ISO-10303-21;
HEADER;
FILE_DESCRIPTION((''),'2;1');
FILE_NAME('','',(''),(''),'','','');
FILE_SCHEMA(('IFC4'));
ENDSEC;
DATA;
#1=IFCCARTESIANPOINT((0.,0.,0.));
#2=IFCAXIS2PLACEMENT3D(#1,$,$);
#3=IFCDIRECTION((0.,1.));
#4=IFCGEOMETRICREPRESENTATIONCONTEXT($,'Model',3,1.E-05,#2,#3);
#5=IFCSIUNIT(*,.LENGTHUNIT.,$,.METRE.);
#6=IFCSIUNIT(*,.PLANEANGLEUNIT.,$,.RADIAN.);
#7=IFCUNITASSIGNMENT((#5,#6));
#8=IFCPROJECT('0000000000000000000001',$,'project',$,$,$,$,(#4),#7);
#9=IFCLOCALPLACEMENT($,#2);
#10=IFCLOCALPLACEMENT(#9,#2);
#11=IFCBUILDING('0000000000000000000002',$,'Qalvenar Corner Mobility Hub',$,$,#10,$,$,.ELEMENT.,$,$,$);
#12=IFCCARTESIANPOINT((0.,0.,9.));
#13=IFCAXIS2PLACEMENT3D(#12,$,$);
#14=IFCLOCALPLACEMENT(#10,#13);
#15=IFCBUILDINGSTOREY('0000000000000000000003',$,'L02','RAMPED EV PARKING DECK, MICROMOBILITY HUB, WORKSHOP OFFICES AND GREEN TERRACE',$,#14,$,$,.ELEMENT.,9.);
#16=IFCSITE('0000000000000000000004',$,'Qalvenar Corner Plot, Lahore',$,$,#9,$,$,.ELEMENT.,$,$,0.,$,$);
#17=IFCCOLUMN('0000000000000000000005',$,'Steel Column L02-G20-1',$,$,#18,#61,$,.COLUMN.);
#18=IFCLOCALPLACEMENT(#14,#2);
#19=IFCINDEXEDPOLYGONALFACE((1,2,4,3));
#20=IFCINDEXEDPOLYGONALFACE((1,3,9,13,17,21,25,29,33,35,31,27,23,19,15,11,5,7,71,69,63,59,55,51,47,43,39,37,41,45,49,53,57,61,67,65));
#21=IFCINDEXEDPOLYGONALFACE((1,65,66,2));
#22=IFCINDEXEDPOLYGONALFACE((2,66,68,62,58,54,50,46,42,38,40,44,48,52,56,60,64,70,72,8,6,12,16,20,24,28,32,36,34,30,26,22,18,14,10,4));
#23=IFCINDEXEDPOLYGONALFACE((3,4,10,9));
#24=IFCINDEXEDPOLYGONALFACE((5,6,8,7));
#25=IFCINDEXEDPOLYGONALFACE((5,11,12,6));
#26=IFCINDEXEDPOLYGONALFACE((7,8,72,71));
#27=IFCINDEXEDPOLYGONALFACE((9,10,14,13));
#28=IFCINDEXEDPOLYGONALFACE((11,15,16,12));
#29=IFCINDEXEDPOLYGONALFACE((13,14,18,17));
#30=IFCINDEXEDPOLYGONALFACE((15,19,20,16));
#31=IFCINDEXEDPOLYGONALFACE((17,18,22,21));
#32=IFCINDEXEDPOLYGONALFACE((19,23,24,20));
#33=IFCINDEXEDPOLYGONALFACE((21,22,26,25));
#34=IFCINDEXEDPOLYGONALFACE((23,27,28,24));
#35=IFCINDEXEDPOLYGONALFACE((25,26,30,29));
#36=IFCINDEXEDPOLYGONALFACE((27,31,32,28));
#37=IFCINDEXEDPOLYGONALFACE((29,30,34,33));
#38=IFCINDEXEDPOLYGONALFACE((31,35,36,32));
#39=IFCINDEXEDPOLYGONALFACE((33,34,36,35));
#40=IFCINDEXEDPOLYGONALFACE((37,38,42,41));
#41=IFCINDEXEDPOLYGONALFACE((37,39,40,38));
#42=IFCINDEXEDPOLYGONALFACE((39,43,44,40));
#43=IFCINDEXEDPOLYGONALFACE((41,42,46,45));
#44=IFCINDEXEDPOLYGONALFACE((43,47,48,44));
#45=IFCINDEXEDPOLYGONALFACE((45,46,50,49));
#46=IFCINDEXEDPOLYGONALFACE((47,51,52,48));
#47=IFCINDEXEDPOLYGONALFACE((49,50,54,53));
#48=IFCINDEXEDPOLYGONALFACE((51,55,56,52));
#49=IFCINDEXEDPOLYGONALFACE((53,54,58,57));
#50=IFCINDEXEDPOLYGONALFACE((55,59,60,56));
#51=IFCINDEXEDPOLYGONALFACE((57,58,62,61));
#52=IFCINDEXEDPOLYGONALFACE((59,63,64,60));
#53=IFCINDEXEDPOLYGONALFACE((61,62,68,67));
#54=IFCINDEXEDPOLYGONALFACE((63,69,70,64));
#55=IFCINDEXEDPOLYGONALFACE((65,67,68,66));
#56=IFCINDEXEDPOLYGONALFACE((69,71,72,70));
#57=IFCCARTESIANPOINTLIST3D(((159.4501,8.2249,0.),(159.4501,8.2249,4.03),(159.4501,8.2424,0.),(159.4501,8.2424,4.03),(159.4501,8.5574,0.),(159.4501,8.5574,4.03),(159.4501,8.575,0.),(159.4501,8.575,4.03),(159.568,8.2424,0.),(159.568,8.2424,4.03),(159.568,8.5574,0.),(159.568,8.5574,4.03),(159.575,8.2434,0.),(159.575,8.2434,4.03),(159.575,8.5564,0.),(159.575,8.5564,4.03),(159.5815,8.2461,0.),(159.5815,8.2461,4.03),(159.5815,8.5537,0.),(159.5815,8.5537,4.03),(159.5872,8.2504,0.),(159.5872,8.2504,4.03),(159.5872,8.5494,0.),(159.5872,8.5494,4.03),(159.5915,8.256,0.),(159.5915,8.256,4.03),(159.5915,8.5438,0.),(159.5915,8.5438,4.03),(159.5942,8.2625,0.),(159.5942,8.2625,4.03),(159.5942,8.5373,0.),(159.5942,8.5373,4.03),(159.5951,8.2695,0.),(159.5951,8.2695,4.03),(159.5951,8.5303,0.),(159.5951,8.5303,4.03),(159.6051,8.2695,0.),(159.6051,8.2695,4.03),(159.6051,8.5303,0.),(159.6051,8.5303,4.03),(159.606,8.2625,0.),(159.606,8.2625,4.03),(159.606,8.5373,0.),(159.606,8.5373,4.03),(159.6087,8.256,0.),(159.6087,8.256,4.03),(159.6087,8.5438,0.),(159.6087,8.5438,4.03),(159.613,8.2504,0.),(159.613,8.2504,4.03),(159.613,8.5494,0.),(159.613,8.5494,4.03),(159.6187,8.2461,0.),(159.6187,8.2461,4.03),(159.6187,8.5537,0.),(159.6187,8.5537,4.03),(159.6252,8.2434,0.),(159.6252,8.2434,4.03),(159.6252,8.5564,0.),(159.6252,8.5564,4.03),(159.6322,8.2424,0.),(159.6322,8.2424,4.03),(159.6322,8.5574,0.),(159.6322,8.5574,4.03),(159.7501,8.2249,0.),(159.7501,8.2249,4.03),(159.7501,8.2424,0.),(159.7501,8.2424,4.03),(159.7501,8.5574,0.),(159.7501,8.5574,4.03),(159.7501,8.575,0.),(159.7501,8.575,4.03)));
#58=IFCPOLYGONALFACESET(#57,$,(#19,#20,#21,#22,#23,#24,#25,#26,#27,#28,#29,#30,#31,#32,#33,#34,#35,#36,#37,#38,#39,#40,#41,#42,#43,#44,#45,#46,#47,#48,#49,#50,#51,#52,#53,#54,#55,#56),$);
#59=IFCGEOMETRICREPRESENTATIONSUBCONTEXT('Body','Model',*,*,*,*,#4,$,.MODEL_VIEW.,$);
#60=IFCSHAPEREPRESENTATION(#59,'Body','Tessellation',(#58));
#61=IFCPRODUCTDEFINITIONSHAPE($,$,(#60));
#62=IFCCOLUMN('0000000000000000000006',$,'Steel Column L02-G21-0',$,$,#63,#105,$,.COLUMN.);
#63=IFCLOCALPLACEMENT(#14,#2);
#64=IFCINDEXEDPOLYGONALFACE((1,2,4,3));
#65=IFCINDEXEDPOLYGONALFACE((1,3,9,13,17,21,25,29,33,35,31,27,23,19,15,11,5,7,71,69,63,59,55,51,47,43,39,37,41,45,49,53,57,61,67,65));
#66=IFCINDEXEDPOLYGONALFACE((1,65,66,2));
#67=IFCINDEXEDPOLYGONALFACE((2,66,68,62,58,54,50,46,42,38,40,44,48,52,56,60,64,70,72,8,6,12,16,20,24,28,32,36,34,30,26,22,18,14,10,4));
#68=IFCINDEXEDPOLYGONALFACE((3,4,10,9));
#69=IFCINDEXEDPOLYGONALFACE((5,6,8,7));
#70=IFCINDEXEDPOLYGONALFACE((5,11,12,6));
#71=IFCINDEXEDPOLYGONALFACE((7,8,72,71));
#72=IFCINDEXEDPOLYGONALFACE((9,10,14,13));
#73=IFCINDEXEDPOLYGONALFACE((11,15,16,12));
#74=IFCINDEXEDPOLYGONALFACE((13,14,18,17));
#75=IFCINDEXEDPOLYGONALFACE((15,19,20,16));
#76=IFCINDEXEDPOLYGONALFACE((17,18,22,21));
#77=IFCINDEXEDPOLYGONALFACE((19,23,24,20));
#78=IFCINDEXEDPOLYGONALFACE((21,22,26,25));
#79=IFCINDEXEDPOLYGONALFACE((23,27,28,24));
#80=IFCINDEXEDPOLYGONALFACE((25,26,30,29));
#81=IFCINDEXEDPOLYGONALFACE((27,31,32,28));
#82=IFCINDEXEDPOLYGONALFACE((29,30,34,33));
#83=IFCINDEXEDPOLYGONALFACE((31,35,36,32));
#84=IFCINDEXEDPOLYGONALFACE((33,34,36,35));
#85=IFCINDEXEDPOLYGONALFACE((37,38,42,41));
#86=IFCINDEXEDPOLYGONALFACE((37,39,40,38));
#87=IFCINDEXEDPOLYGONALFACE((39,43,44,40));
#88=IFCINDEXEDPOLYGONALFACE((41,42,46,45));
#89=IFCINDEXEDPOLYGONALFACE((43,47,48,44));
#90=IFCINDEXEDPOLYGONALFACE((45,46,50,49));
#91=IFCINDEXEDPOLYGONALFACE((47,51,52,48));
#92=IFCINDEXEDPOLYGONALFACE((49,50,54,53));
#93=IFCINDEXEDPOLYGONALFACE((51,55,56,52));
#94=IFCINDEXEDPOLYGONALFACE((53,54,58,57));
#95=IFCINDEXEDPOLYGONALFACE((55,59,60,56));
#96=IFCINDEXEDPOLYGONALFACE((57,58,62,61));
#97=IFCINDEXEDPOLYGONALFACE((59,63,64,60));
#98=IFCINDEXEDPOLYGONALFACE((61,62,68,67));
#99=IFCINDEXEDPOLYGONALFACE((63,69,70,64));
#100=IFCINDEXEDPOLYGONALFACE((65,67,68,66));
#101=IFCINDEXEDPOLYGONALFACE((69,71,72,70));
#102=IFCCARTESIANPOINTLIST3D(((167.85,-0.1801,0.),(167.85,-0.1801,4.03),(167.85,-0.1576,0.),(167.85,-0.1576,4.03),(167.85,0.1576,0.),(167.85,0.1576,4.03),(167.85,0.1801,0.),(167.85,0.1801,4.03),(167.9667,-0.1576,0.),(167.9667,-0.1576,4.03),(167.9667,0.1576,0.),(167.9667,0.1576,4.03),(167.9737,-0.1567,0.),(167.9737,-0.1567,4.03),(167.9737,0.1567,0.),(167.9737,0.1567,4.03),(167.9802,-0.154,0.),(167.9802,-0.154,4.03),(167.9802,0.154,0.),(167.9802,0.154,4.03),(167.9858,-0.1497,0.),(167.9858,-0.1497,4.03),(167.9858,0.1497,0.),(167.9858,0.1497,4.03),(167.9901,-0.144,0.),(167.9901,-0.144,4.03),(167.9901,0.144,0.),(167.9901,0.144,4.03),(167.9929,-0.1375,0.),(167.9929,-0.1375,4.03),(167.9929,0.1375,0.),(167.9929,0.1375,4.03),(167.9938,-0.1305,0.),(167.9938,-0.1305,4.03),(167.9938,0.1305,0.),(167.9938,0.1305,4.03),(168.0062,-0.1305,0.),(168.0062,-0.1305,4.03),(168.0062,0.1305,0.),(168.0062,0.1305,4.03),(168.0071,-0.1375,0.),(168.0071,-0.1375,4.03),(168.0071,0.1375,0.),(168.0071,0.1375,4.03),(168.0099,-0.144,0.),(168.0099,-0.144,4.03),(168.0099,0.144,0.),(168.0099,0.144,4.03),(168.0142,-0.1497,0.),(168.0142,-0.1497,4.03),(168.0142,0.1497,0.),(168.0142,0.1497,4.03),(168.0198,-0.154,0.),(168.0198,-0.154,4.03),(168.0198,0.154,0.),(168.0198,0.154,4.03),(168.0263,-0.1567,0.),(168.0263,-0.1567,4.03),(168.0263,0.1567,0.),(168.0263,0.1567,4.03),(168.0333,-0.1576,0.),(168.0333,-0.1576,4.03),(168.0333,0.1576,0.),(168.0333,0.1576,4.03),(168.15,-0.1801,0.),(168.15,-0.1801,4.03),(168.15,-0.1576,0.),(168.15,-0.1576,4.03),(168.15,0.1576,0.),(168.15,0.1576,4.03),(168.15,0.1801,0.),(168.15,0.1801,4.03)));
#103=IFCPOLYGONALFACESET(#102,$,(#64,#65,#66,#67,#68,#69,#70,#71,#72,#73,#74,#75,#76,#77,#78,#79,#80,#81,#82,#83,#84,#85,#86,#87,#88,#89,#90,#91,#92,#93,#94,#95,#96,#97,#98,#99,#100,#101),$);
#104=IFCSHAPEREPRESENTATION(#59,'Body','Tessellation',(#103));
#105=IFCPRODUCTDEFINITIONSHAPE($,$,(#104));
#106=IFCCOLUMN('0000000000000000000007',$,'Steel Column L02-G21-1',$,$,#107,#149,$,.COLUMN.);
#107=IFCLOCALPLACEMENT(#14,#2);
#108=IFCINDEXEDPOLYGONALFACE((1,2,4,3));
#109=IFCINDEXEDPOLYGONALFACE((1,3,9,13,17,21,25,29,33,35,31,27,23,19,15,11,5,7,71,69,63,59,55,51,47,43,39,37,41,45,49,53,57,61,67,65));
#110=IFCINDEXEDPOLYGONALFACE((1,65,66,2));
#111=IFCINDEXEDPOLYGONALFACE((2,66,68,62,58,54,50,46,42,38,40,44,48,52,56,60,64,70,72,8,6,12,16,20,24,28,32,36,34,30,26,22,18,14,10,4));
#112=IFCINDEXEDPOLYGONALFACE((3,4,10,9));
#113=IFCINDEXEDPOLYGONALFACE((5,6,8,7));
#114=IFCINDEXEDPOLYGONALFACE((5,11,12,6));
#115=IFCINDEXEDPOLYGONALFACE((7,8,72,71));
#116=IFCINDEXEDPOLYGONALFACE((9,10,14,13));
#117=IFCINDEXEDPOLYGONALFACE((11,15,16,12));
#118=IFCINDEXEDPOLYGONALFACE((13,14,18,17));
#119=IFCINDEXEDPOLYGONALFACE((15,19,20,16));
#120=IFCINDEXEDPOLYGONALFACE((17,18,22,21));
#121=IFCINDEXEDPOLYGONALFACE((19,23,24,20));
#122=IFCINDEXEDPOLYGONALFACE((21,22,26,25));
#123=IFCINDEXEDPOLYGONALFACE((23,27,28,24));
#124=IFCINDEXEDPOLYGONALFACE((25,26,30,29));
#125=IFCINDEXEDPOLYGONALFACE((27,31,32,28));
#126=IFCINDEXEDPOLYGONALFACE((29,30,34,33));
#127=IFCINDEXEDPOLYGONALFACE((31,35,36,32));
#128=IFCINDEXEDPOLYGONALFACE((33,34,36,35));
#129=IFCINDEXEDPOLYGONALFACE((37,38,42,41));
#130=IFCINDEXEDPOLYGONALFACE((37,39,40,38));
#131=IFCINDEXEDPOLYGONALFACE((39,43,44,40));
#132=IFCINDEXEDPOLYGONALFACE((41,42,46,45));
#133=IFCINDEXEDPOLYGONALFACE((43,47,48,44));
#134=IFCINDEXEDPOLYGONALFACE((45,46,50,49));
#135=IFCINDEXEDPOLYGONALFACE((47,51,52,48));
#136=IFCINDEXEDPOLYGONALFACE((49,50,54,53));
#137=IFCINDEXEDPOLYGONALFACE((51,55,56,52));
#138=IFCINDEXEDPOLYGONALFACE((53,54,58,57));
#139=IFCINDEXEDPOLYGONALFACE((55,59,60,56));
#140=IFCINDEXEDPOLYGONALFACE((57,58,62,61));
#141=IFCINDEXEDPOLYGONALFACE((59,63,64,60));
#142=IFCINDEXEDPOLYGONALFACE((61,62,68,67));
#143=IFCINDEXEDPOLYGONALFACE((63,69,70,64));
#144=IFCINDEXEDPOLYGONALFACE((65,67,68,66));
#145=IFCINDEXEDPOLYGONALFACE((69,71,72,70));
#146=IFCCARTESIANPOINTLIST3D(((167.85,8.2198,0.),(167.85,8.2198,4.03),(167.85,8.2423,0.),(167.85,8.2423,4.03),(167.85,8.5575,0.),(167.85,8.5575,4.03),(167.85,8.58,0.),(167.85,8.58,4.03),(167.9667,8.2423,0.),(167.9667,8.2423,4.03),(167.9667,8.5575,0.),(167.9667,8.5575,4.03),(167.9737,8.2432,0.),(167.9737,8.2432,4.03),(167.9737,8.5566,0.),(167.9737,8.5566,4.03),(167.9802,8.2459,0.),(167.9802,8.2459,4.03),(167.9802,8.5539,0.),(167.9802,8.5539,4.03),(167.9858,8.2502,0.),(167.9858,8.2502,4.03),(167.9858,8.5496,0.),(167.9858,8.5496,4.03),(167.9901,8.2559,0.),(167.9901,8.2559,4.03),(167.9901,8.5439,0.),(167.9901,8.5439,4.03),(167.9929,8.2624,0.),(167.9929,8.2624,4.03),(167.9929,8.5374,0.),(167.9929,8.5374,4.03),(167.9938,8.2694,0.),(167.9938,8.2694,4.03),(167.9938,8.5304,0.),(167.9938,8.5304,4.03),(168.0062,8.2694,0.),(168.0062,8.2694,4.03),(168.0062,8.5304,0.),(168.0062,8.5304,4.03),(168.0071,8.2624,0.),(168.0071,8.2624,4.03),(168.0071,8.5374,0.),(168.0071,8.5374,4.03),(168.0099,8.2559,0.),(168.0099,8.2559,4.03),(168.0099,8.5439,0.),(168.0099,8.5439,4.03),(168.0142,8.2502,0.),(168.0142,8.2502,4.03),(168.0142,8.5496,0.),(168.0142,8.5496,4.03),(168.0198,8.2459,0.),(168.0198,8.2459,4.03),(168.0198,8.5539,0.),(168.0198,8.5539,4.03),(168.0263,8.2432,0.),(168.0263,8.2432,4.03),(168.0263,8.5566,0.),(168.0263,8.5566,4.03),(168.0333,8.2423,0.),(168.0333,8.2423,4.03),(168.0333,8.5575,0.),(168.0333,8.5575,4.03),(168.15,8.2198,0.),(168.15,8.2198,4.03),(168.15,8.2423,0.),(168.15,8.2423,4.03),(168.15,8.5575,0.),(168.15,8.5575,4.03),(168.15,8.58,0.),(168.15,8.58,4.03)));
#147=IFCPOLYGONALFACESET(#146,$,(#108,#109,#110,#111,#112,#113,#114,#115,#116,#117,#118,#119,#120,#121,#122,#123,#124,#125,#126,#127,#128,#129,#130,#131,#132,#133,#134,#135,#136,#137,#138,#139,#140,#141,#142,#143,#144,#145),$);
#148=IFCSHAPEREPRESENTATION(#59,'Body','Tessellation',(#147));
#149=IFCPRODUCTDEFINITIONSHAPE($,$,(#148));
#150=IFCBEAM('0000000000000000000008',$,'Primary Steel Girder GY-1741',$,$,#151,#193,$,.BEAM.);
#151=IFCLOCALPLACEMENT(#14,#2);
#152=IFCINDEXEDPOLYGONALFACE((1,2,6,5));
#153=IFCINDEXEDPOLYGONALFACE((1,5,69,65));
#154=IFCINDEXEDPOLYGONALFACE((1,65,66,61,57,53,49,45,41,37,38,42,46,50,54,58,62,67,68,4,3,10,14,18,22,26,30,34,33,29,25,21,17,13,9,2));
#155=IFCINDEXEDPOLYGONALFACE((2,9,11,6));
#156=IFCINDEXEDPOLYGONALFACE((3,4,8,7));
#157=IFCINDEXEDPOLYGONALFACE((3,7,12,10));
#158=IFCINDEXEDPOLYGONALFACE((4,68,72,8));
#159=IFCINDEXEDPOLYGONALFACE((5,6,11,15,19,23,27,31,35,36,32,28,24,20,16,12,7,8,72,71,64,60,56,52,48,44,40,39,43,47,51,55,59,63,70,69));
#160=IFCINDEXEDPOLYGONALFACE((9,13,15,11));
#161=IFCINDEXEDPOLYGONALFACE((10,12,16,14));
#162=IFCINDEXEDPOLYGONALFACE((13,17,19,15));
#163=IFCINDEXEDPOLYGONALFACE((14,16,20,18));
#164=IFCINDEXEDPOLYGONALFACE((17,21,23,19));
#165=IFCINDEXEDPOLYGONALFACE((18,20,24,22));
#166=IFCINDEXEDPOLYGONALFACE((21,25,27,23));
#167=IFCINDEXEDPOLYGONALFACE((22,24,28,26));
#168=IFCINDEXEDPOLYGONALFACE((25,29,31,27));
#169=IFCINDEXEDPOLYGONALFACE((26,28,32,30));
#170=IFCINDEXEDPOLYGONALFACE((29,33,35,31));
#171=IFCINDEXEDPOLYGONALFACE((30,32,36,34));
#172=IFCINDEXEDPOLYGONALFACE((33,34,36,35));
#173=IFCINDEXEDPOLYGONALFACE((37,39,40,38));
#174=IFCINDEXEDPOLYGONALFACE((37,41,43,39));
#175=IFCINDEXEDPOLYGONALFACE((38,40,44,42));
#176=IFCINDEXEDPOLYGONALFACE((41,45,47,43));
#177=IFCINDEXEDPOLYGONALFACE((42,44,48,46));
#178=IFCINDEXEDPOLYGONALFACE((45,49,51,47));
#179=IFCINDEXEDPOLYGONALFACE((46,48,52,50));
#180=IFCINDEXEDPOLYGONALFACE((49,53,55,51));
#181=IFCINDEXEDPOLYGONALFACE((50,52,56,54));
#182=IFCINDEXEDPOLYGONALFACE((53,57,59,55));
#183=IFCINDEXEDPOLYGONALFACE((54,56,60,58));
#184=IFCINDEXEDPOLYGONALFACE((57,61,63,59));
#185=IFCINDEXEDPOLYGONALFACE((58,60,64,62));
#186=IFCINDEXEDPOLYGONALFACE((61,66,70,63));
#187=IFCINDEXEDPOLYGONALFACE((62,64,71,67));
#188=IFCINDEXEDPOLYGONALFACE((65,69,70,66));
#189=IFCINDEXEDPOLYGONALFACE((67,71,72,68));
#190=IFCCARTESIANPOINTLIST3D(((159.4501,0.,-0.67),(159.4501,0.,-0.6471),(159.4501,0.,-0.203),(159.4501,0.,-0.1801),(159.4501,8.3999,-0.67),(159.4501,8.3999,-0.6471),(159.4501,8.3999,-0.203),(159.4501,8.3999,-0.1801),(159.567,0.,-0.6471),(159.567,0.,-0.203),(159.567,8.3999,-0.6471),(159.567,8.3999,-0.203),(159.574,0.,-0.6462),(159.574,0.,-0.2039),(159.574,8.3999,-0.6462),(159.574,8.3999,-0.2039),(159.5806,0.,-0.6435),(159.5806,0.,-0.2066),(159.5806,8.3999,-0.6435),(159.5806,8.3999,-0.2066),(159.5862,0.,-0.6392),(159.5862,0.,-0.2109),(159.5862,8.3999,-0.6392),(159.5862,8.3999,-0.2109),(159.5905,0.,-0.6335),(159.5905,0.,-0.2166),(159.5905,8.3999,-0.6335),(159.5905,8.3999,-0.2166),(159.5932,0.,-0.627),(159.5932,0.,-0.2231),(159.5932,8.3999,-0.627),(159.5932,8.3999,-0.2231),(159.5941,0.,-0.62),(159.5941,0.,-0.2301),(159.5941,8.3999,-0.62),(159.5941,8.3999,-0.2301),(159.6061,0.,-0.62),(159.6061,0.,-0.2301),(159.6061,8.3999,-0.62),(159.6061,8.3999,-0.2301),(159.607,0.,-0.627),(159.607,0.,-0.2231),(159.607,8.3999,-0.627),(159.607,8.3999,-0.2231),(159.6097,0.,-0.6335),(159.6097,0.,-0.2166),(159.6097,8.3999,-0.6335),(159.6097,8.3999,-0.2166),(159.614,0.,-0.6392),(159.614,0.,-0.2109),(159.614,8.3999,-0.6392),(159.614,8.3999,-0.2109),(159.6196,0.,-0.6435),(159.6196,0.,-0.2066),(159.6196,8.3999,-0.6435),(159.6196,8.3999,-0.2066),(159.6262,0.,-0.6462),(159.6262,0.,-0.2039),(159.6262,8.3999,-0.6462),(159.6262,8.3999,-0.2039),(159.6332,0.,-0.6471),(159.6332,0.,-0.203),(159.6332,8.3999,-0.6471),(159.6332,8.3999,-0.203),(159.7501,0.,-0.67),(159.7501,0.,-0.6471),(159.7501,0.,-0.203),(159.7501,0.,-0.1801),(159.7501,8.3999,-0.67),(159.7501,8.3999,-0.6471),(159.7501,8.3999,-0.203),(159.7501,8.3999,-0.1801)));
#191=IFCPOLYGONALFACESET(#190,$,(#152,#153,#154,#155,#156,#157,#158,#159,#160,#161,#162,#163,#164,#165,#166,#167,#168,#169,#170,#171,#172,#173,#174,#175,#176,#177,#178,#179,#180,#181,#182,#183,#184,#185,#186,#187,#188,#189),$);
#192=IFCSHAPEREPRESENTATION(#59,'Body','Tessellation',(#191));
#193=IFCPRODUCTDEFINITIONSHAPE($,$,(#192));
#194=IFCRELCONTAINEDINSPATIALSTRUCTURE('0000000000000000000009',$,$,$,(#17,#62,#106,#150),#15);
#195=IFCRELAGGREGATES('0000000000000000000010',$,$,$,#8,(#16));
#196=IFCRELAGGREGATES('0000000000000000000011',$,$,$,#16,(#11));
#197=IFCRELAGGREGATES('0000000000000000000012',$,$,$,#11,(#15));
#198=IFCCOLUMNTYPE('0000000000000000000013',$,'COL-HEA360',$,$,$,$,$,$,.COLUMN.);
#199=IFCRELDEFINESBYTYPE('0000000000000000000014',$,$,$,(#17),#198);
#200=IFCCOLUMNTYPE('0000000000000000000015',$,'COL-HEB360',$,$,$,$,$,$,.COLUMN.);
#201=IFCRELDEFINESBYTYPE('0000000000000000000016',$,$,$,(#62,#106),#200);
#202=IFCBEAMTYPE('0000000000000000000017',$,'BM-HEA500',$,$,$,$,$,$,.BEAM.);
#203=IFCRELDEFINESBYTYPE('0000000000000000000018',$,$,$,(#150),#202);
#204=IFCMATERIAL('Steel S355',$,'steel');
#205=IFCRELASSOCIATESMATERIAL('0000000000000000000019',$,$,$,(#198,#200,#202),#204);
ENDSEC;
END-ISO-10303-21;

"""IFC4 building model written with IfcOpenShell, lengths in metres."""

from ifc_helpers import new_model, si_unit, direction, frame, origin, origin_2d, place, context, subcontext, project, spatial, i_section, extrude, material, material_profile, profile_set, type_object, element, save


model = new_model("IFC4")

# Units and contexts
model_context = context("Model", 3, precision=1e-05, world=origin(), true_north=direction((0.0, 1.0)))
body_context = subcontext(model_context, "Body", "Model", "MODEL_VIEW")
ifc_project = project(units=[si_unit("LENGTHUNIT", "METRE"), si_unit("PLANEANGLEUNIT", "RADIAN")], contexts=[model_context])

# Site, building, storey
site_placement = place(None, origin())
site = spatial("IfcSite", under=ifc_project, at=site_placement, Name="Qalvenar Corner Plot, Lahore", CompositionType="ELEMENT", RefElevation=0.0)
building_placement = place(site_placement, origin())
building = spatial("IfcBuilding", under=site, at=building_placement, Name="Qalvenar Corner Mobility Hub", CompositionType="ELEMENT")
storey_placement = place(building_placement, frame((0.0, 0.0, 9.0)))
storey = spatial("IfcBuildingStorey", under=building, at=storey_placement, Name="L02", Description="RAMPED EV PARKING DECK, MICROMOBILITY HUB, WORKSHOP OFFICES AND GREEN TERRACE", CompositionType="ELEMENT", Elevation=9.0)

# Columns
ifc_material_1 = material(Name="Steel S355", Category="steel")
ifc_material_profile_1 = material_profile(ifc_material_1, i_section(OverallWidth=0.3, OverallDepth=0.3501, WebThickness=0.01, FlangeThickness=0.0176, FilletRadius=0.0271, at=origin_2d()), Name="HEA360")
ifc_profile_set_1 = profile_set([ifc_material_profile_1], Name="Steel S355")
column_type_1 = type_object("IfcColumnType", Name="COL-HEA360", PredefinedType="COLUMN", material=ifc_profile_set_1)
column_placement = place(storey_placement, frame((159.6001, 8.3999, 0.0), z_axis=(0.0, 0.0, 1.0), x_axis=(1.0, 0.0, 0.0)))
element("IfcColumn", 1, at=column_placement, inside=storey, type_object=column_type_1, Name="Steel Column L02-G20-1", PredefinedType="COLUMN", context=body_context, shape_type="SweptSolid", body=[
    extrude(i_section(OverallWidth=0.3, OverallDepth=0.3501, WebThickness=0.01, FlangeThickness=0.0176, FilletRadius=0.0271, at=origin_2d()), origin(), (0.0, 0.0, 1.0), 4.03),
])
ifc_material_profile_2 = material_profile(ifc_material_1, i_section(OverallWidth=0.3, OverallDepth=0.3601, WebThickness=0.0125, FlangeThickness=0.0225, FilletRadius=0.0271, at=origin_2d()), Name="HEB360")
ifc_profile_set_2 = profile_set([ifc_material_profile_2], Name="Steel S355")
column_type_2 = type_object("IfcColumnType", Name="COL-HEB360", PredefinedType="COLUMN", material=ifc_profile_set_2)
for number, where, z_axis, x_axis, name in (
    (2, (168.0, 0.0, 0.0), (0.0, 0.0, 1.0), (1.0, 0.0, 0.0), "Steel Column L02-G21-0"),
    (3, (168.0, 8.3999, 0.0), (0.0, 0.0, 1.0), (1.0, 0.0, 0.0), "Steel Column L02-G21-1"),
):
    element("IfcColumn", number, at=place(storey_placement, frame(where, z_axis=z_axis, x_axis=x_axis)), inside=storey, type_object=column_type_2, Name=name, PredefinedType="COLUMN", context=body_context, shape_type="SweptSolid", body=[
        extrude(i_section(OverallWidth=0.3, OverallDepth=0.3601, WebThickness=0.0125, FlangeThickness=0.0225, FilletRadius=0.0271, at=origin_2d()), origin(), (0.0, 0.0, 1.0), 4.03),
    ])

# Beam
ifc_material_profile_3 = material_profile(ifc_material_1, i_section(OverallWidth=0.3, OverallDepth=0.49, WebThickness=0.012, FlangeThickness=0.0229, FilletRadius=0.0271, at=origin_2d()), Name="HEA500")
ifc_profile_set_3 = profile_set([ifc_material_profile_3], Name="Steel S355")
beam_type_1 = type_object("IfcBeamType", Name="BM-HEA500", PredefinedType="BEAM", material=ifc_profile_set_3)
beam_1_placement = place(storey_placement, frame((159.6001, 0.0, -0.425), z_axis=(0.0, 1.0, 0.0), x_axis=(-1.0, 0.0, 0.0)))
element("IfcBeam", 4, at=beam_1_placement, inside=storey, type_object=beam_type_1, Name="Primary Steel Girder GY-1741", PredefinedType="BEAM", context=body_context, shape_type="SweptSolid", body=[
    extrude(i_section(OverallWidth=0.3, OverallDepth=0.49, WebThickness=0.012, FlangeThickness=0.0229, FilletRadius=0.0271, at=origin_2d()), origin(), (0.0, 0.0, 1.0), 8.3999),
])

save(model, "model.ifc")
